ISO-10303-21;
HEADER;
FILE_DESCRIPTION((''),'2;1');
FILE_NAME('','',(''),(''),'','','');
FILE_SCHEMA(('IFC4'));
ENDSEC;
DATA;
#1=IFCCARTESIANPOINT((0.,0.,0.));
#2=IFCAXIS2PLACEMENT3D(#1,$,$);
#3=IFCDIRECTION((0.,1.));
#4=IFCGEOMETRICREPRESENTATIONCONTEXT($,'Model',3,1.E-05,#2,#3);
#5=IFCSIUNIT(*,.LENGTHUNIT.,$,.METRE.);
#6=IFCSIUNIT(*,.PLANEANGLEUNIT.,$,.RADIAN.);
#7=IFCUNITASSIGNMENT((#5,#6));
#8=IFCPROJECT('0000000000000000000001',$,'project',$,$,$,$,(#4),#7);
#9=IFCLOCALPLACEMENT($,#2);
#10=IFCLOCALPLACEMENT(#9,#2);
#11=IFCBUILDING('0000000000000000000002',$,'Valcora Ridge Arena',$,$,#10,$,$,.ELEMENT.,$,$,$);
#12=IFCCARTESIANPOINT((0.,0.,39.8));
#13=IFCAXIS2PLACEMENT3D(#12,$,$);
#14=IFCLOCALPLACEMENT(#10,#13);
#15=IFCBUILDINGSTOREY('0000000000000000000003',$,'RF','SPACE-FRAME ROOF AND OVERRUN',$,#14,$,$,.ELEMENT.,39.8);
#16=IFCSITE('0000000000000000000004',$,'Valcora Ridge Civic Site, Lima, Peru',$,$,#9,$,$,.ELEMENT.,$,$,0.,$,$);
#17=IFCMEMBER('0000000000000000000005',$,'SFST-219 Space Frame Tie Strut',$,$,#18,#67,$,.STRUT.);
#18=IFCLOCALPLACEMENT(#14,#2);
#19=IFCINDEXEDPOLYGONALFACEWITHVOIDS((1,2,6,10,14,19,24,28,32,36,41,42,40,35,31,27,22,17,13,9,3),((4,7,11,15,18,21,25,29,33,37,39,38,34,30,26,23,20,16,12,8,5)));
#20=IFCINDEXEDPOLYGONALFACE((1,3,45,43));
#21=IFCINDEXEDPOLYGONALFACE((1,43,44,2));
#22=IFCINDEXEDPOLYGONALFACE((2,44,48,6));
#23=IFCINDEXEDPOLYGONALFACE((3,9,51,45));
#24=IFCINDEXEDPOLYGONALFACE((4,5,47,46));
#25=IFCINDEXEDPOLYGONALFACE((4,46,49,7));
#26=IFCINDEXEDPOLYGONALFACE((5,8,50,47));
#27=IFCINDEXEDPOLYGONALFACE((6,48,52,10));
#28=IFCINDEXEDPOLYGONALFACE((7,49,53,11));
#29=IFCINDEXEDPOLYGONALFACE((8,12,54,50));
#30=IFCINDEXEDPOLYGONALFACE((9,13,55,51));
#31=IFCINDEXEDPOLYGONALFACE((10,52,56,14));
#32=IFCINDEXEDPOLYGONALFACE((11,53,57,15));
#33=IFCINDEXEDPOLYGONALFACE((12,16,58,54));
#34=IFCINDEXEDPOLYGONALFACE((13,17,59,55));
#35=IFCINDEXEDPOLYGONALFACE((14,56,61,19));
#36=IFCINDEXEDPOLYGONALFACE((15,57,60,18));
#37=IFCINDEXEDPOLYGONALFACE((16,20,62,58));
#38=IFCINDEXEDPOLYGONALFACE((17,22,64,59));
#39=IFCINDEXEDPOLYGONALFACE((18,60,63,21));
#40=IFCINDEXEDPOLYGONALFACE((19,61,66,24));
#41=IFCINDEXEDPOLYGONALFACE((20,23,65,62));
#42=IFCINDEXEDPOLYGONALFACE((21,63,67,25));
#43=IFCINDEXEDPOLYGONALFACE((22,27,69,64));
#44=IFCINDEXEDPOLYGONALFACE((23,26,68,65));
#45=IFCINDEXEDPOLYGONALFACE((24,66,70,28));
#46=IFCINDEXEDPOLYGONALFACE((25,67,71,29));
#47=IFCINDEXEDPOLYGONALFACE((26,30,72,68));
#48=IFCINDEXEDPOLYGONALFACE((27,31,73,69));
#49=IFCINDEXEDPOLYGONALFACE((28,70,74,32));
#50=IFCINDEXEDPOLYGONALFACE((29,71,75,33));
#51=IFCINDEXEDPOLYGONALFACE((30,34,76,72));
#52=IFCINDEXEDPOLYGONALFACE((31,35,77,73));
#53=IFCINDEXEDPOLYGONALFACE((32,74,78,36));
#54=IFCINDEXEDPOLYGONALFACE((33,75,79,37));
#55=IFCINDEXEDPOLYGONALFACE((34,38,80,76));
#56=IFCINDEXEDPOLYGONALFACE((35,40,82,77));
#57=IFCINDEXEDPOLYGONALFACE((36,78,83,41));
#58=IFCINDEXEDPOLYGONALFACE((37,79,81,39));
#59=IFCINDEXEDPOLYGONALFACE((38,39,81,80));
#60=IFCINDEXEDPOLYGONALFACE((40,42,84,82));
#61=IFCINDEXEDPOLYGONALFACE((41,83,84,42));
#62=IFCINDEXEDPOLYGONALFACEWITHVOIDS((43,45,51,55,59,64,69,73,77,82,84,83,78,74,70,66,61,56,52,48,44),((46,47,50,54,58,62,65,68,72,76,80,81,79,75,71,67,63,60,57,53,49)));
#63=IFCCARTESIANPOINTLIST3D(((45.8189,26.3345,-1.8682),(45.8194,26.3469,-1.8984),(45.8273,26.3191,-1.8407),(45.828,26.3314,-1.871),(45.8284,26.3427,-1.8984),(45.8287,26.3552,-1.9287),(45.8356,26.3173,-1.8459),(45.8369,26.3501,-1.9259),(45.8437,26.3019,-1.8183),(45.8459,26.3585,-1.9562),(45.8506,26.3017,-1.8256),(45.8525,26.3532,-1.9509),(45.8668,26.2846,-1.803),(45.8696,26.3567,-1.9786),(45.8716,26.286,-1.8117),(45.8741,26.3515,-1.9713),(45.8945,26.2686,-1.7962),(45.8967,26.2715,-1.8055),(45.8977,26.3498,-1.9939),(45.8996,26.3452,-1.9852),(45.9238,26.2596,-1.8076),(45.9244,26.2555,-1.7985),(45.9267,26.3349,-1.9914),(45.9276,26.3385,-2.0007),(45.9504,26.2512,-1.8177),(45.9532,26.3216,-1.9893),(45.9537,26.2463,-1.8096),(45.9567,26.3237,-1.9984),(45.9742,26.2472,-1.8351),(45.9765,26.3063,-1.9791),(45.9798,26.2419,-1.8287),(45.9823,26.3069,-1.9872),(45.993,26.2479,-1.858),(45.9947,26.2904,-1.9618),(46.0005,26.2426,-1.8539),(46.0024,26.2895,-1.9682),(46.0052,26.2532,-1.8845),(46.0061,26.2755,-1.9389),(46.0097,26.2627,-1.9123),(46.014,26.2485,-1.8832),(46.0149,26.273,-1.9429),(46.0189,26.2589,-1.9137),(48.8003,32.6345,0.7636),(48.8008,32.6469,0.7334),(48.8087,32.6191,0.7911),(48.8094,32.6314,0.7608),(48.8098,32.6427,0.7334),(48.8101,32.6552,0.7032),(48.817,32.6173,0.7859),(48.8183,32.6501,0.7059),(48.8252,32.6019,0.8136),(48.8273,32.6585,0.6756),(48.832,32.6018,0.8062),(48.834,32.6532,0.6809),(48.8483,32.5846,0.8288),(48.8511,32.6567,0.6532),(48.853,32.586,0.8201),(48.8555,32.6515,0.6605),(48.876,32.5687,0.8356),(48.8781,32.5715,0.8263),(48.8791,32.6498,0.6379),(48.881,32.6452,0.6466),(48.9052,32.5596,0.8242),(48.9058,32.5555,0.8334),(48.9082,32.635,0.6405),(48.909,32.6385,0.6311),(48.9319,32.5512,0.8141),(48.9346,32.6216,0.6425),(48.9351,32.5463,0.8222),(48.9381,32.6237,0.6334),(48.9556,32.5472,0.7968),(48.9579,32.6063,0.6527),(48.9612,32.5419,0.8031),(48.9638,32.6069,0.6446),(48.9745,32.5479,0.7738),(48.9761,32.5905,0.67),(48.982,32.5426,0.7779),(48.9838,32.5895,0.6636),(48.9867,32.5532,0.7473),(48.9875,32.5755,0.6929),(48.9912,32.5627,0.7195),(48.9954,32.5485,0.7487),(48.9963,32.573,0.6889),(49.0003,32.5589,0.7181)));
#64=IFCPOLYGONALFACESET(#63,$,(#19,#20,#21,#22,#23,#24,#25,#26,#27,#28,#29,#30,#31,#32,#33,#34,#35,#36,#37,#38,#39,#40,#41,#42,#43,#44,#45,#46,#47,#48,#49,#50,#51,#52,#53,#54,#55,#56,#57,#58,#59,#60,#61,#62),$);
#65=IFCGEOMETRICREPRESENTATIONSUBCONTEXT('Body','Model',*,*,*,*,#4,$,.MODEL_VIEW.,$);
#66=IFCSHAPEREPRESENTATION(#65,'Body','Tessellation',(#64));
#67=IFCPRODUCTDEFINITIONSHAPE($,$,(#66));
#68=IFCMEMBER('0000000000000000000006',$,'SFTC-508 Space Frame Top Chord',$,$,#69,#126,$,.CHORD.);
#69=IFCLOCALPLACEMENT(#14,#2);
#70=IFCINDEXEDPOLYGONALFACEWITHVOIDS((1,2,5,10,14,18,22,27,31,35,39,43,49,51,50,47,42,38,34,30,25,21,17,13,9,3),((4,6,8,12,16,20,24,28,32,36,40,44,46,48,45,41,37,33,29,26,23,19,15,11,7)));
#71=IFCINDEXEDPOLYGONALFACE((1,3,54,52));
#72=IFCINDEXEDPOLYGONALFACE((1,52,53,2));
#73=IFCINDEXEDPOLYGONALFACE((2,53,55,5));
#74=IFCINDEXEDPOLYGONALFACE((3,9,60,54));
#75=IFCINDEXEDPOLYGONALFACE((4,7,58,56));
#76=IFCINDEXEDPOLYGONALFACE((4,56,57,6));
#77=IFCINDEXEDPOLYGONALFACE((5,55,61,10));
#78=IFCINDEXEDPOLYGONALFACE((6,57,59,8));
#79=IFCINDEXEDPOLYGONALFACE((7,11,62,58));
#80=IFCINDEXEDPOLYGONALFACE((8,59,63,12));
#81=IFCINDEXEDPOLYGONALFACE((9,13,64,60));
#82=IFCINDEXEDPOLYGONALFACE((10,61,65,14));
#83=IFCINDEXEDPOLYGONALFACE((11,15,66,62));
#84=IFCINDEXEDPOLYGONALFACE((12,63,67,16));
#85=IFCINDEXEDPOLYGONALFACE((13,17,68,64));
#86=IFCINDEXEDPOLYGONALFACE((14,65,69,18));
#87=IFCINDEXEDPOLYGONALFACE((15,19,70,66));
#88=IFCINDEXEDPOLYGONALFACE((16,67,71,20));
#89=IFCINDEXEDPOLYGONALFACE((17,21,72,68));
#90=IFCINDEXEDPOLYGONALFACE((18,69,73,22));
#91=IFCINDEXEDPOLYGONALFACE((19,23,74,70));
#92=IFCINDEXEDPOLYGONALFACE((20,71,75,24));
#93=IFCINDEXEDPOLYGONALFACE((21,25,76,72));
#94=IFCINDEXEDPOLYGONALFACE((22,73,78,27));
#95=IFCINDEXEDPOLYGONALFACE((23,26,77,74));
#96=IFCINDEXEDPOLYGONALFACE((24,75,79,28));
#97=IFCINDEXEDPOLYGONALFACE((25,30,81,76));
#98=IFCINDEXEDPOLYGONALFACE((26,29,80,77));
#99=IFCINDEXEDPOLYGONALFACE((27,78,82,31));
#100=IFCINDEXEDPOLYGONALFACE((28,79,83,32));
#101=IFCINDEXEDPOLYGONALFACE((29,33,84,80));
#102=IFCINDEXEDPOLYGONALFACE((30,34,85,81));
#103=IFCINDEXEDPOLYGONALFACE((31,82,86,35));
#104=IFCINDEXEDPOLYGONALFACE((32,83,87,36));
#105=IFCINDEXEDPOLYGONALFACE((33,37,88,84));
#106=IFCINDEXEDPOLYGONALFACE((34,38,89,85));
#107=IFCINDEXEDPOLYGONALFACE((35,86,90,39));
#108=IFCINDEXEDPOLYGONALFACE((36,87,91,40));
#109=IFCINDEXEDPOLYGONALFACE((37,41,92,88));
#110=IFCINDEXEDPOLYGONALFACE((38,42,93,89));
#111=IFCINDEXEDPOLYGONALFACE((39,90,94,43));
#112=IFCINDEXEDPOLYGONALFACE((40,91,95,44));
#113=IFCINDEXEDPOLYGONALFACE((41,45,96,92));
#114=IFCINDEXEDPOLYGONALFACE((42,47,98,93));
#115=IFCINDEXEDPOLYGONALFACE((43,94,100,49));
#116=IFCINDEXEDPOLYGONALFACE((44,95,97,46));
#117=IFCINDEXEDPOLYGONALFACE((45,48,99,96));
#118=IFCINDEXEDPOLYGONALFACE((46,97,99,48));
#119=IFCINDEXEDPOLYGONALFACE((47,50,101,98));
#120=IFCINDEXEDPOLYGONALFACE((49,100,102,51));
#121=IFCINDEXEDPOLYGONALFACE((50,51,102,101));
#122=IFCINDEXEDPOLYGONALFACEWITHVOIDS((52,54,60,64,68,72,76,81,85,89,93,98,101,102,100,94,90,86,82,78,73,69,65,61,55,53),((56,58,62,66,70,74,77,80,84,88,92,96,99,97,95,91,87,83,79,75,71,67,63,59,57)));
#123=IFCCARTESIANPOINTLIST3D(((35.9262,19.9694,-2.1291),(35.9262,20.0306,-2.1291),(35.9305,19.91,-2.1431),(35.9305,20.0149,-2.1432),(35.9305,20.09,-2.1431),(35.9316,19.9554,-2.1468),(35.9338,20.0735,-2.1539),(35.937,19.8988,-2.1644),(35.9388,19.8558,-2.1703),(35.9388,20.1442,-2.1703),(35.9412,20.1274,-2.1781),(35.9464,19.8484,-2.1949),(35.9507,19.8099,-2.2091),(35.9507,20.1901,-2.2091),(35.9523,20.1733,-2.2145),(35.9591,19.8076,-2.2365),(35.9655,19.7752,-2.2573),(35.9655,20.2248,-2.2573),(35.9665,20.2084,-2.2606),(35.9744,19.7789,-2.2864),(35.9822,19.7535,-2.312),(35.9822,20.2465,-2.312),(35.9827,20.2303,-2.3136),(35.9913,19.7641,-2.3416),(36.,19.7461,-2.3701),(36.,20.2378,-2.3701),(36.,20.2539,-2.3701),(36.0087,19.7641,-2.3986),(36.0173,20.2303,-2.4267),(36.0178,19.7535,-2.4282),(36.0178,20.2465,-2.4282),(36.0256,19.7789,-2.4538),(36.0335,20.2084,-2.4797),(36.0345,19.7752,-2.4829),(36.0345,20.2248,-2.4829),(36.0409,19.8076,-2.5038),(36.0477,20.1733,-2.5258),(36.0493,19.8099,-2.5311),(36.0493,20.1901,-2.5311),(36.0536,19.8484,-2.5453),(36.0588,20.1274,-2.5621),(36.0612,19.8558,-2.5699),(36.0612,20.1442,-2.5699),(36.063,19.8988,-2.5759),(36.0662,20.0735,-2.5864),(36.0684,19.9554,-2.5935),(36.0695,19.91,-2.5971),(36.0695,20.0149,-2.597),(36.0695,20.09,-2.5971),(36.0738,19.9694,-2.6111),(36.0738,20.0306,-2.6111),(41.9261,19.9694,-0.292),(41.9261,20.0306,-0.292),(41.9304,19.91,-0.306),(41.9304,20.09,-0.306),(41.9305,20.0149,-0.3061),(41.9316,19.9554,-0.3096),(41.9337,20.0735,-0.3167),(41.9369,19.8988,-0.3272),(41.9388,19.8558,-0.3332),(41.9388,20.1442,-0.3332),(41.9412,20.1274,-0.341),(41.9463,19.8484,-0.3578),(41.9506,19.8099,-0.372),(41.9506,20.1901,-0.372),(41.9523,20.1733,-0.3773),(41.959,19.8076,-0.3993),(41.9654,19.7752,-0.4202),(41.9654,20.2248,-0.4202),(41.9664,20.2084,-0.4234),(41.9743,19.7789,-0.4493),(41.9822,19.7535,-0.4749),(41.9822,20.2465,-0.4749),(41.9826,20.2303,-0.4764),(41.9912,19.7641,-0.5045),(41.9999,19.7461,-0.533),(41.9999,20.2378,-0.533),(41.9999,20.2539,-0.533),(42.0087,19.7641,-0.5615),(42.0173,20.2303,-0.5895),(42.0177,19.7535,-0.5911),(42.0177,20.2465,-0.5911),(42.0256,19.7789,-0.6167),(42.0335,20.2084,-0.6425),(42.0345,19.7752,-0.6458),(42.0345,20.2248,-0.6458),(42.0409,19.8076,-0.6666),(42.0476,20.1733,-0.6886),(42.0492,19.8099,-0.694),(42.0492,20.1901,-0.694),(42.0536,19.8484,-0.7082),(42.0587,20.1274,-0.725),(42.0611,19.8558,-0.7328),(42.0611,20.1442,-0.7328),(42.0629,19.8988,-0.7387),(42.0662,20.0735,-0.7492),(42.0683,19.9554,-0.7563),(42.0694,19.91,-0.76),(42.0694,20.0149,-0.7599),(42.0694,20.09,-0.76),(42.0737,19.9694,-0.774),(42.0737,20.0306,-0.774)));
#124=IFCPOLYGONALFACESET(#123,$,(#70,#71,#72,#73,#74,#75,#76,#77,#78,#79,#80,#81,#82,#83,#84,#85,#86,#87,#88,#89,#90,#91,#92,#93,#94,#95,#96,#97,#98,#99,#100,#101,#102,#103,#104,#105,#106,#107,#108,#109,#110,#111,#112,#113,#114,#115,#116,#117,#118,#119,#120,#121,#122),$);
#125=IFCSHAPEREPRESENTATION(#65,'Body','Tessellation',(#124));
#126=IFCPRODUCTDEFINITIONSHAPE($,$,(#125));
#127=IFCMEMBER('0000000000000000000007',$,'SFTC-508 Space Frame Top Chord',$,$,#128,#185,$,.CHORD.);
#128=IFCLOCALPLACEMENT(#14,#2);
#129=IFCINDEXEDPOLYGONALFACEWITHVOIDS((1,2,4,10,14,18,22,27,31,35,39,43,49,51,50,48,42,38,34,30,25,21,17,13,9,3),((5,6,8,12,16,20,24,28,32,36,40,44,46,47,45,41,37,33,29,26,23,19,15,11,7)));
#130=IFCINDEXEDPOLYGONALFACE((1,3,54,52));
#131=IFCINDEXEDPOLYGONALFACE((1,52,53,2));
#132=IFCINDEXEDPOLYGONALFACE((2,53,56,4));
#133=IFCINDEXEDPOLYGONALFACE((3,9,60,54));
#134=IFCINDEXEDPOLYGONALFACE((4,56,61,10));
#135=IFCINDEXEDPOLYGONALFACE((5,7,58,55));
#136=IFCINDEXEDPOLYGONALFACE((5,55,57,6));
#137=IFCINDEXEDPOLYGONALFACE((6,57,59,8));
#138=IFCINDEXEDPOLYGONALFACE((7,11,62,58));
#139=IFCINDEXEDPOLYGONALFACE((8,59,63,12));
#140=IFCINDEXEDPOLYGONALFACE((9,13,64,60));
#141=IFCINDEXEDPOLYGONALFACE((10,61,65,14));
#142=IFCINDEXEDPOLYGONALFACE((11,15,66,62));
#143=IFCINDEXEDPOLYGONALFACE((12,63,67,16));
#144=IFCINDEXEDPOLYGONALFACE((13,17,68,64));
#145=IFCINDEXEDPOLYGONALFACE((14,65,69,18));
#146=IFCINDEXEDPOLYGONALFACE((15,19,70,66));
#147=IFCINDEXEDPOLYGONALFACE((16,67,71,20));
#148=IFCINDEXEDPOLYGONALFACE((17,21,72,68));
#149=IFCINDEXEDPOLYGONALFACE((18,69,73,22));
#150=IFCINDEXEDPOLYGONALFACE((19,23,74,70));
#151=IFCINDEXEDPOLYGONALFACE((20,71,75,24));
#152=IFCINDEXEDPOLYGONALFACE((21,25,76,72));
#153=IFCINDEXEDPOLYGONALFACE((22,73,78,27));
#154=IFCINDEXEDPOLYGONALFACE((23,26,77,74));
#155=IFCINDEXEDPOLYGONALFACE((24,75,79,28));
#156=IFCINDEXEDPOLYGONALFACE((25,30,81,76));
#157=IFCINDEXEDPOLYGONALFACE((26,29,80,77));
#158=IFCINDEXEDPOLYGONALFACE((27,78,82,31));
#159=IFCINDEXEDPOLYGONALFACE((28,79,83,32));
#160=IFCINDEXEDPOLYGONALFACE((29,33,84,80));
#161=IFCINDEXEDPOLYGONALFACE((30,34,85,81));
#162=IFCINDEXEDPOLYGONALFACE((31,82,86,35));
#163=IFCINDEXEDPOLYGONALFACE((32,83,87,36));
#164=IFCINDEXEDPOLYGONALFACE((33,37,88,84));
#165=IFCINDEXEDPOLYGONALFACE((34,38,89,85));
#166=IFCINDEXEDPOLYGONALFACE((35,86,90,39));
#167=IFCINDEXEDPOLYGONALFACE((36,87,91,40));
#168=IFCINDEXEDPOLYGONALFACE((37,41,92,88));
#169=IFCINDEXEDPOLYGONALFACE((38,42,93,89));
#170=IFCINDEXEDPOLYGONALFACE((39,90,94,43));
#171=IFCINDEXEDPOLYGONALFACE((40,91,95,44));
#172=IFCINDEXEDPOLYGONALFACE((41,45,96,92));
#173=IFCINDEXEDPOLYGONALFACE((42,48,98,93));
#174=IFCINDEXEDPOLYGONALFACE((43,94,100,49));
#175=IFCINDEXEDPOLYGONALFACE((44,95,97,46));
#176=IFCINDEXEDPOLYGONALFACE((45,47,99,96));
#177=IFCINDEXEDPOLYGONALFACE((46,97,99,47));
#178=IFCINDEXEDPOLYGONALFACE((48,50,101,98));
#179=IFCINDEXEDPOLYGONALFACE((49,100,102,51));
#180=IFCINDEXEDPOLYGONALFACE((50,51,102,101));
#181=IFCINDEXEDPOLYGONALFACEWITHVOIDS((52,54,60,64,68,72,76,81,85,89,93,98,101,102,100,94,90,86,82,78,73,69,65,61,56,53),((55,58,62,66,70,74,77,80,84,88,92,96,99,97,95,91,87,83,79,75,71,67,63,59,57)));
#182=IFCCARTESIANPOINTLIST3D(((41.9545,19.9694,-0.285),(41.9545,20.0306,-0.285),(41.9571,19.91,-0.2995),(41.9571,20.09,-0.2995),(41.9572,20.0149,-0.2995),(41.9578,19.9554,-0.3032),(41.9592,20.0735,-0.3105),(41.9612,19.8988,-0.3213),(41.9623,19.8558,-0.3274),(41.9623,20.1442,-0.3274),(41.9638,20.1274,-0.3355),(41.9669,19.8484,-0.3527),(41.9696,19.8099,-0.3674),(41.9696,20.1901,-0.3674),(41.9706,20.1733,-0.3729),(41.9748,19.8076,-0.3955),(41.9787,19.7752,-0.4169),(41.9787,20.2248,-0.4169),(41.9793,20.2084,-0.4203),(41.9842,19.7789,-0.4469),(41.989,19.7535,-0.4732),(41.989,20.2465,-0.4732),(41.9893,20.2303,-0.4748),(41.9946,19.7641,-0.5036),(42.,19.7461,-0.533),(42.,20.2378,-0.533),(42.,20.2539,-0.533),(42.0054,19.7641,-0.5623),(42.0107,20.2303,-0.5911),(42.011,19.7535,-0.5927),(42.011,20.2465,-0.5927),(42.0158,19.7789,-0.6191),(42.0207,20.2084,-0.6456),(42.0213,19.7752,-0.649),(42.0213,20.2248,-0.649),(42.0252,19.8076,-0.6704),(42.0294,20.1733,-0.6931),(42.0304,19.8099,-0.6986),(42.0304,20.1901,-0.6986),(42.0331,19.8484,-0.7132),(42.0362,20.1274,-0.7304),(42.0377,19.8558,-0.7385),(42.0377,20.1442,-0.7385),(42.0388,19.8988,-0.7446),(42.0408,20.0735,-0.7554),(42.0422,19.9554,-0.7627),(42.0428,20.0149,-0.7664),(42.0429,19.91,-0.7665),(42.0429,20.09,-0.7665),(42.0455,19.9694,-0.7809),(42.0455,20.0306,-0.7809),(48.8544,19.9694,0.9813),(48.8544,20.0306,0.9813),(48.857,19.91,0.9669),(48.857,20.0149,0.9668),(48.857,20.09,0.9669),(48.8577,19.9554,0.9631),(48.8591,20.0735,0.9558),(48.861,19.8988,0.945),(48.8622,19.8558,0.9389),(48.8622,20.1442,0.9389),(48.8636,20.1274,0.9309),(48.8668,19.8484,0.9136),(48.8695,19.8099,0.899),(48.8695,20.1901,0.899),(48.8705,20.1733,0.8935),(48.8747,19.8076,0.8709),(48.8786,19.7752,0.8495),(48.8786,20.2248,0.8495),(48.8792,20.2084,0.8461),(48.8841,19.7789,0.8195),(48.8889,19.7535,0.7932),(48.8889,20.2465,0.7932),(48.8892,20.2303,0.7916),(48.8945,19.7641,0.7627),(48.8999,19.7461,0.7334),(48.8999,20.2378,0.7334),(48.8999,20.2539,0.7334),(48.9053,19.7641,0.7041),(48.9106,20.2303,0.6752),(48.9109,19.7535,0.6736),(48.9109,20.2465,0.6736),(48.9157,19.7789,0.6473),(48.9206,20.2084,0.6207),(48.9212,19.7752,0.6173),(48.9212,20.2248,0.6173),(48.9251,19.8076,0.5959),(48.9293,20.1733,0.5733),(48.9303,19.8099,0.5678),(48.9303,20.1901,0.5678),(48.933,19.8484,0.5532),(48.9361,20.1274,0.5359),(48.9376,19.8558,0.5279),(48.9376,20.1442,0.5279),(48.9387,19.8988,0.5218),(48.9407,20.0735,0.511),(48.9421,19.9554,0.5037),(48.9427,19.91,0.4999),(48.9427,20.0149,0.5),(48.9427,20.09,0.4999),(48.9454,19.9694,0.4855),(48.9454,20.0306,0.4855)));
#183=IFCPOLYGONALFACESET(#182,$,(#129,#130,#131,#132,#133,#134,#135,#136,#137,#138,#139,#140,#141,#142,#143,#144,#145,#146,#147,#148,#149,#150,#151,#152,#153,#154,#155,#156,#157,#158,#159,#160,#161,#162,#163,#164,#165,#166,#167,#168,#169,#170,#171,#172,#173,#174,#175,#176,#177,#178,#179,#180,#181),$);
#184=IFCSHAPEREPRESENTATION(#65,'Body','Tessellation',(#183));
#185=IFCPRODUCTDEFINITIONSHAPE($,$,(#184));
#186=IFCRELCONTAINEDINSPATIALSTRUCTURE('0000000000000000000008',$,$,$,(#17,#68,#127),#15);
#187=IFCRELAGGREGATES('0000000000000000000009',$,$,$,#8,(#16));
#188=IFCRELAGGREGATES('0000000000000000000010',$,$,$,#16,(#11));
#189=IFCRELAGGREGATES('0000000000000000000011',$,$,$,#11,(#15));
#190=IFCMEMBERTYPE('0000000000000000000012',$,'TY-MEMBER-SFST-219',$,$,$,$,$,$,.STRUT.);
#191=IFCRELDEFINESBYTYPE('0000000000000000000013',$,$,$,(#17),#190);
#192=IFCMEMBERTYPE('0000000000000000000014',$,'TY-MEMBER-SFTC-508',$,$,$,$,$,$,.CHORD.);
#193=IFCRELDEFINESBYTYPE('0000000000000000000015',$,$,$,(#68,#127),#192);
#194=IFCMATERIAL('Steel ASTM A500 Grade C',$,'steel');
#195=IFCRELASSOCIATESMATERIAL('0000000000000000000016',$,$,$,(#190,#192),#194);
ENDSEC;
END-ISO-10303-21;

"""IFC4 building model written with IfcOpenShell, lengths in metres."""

from ifc_helpers import new_model, si_unit, direction, frame, origin, origin_2d, place, context, subcontext, project, spatial, hollow_circle, extrude, material, material_profile, profile_set, type_object, element, save


model = new_model("IFC4")

# Units and contexts
model_context = context("Model", 3, precision=1e-05, world=origin(), true_north=direction((0.0, 1.0)))
body_context = subcontext(model_context, "Body", "Model", "MODEL_VIEW")
ifc_project = project(units=[si_unit("LENGTHUNIT", "METRE"), si_unit("PLANEANGLEUNIT", "RADIAN")], contexts=[model_context])

# Site, building, storey
site_placement = place(None, origin())
site = spatial("IfcSite", under=ifc_project, at=site_placement, Name="Valcora Ridge Civic Site, Lima, Peru", CompositionType="ELEMENT", RefElevation=0.0)
building_placement = place(site_placement, origin())
building = spatial("IfcBuilding", under=site, at=building_placement, Name="Valcora Ridge Arena", CompositionType="ELEMENT")
storey_placement = place(building_placement, frame((0.0, 0.0, 39.8)))
storey = spatial("IfcBuildingStorey", under=building, at=storey_placement, Name="RF", Description="SPACE-FRAME ROOF AND OVERRUN", CompositionType="ELEMENT", Elevation=39.8)

# Members
ifc_material_1 = material(Name="Steel ASTM A500 Grade C", Category="steel")
ifc_material_profile_1 = material_profile(ifc_material_1, hollow_circle(Radius=0.1096, WallThickness=0.01, at=origin_2d()), Name="CHS219X10")
ifc_profile_set_1 = profile_set([ifc_material_profile_1], Name="Steel ASTM A500 Grade C")
member_type_1 = type_object("IfcMemberType", Name="TY-MEMBER-SFST-219", PredefinedType="STRUT", material=ifc_profile_set_1)
member_1_placement = place(storey_placement, frame((45.9185, 26.3, -1.8984), z_axis=(0.400181, 0.845616, 0.353255), x_axis=(-0.903893, 0.42776, 0.0)))
element("IfcMember", 1, at=member_1_placement, inside=storey, type_object=member_type_1, Name="SFST-219 Space Frame Tie Strut", PredefinedType="STRUT", context=body_context, shape_type="SweptSolid", body=[
    extrude(hollow_circle(Radius=0.1096, WallThickness=0.01, at=origin_2d()), origin(), (0.0, 0.0, 1.0), 7.4502),
])
ifc_material_profile_2 = material_profile(ifc_material_1, hollow_circle(Radius=0.2539, WallThickness=0.0161, at=origin_2d()), Name="CHS508X16")
ifc_profile_set_2 = profile_set([ifc_material_profile_2], Name="Steel ASTM A500 Grade C")
member_type_2 = type_object("IfcMemberType", Name="TY-MEMBER-SFTC-508", PredefinedType="CHORD", material=ifc_profile_set_2)
member_2_placement = place(storey_placement, frame((36.0, 20.0, -2.3701), z_axis=(0.956181, 0.0, 0.292776), x_axis=(0.0, 1.0, 0.0)))
element("IfcMember", 2, at=member_2_placement, inside=storey, type_object=member_type_2, Name="SFTC-508 Space Frame Top Chord", PredefinedType="CHORD", context=body_context, shape_type="SweptSolid", body=[
    extrude(hollow_circle(Radius=0.2539, WallThickness=0.0161, at=origin_2d()), origin(), (0.0, 0.0, 1.0), 6.2749),
])
member_3_placement = place(storey_placement, frame((42.0, 20.0, -0.533), z_axis=(0.983572, 0.0, 0.180518), x_axis=(0.0, 1.0, 0.0)))
element("IfcMember", 3, at=member_3_placement, inside=storey, type_object=member_type_2, Name="SFTC-508 Space Frame Top Chord", PredefinedType="CHORD", context=body_context, shape_type="SweptSolid", body=[
    extrude(hollow_circle(Radius=0.2539, WallThickness=0.0161, at=origin_2d()), origin(), (0.0, 0.0, 1.0), 7.0151),
])

save(model, "model.ifc")
